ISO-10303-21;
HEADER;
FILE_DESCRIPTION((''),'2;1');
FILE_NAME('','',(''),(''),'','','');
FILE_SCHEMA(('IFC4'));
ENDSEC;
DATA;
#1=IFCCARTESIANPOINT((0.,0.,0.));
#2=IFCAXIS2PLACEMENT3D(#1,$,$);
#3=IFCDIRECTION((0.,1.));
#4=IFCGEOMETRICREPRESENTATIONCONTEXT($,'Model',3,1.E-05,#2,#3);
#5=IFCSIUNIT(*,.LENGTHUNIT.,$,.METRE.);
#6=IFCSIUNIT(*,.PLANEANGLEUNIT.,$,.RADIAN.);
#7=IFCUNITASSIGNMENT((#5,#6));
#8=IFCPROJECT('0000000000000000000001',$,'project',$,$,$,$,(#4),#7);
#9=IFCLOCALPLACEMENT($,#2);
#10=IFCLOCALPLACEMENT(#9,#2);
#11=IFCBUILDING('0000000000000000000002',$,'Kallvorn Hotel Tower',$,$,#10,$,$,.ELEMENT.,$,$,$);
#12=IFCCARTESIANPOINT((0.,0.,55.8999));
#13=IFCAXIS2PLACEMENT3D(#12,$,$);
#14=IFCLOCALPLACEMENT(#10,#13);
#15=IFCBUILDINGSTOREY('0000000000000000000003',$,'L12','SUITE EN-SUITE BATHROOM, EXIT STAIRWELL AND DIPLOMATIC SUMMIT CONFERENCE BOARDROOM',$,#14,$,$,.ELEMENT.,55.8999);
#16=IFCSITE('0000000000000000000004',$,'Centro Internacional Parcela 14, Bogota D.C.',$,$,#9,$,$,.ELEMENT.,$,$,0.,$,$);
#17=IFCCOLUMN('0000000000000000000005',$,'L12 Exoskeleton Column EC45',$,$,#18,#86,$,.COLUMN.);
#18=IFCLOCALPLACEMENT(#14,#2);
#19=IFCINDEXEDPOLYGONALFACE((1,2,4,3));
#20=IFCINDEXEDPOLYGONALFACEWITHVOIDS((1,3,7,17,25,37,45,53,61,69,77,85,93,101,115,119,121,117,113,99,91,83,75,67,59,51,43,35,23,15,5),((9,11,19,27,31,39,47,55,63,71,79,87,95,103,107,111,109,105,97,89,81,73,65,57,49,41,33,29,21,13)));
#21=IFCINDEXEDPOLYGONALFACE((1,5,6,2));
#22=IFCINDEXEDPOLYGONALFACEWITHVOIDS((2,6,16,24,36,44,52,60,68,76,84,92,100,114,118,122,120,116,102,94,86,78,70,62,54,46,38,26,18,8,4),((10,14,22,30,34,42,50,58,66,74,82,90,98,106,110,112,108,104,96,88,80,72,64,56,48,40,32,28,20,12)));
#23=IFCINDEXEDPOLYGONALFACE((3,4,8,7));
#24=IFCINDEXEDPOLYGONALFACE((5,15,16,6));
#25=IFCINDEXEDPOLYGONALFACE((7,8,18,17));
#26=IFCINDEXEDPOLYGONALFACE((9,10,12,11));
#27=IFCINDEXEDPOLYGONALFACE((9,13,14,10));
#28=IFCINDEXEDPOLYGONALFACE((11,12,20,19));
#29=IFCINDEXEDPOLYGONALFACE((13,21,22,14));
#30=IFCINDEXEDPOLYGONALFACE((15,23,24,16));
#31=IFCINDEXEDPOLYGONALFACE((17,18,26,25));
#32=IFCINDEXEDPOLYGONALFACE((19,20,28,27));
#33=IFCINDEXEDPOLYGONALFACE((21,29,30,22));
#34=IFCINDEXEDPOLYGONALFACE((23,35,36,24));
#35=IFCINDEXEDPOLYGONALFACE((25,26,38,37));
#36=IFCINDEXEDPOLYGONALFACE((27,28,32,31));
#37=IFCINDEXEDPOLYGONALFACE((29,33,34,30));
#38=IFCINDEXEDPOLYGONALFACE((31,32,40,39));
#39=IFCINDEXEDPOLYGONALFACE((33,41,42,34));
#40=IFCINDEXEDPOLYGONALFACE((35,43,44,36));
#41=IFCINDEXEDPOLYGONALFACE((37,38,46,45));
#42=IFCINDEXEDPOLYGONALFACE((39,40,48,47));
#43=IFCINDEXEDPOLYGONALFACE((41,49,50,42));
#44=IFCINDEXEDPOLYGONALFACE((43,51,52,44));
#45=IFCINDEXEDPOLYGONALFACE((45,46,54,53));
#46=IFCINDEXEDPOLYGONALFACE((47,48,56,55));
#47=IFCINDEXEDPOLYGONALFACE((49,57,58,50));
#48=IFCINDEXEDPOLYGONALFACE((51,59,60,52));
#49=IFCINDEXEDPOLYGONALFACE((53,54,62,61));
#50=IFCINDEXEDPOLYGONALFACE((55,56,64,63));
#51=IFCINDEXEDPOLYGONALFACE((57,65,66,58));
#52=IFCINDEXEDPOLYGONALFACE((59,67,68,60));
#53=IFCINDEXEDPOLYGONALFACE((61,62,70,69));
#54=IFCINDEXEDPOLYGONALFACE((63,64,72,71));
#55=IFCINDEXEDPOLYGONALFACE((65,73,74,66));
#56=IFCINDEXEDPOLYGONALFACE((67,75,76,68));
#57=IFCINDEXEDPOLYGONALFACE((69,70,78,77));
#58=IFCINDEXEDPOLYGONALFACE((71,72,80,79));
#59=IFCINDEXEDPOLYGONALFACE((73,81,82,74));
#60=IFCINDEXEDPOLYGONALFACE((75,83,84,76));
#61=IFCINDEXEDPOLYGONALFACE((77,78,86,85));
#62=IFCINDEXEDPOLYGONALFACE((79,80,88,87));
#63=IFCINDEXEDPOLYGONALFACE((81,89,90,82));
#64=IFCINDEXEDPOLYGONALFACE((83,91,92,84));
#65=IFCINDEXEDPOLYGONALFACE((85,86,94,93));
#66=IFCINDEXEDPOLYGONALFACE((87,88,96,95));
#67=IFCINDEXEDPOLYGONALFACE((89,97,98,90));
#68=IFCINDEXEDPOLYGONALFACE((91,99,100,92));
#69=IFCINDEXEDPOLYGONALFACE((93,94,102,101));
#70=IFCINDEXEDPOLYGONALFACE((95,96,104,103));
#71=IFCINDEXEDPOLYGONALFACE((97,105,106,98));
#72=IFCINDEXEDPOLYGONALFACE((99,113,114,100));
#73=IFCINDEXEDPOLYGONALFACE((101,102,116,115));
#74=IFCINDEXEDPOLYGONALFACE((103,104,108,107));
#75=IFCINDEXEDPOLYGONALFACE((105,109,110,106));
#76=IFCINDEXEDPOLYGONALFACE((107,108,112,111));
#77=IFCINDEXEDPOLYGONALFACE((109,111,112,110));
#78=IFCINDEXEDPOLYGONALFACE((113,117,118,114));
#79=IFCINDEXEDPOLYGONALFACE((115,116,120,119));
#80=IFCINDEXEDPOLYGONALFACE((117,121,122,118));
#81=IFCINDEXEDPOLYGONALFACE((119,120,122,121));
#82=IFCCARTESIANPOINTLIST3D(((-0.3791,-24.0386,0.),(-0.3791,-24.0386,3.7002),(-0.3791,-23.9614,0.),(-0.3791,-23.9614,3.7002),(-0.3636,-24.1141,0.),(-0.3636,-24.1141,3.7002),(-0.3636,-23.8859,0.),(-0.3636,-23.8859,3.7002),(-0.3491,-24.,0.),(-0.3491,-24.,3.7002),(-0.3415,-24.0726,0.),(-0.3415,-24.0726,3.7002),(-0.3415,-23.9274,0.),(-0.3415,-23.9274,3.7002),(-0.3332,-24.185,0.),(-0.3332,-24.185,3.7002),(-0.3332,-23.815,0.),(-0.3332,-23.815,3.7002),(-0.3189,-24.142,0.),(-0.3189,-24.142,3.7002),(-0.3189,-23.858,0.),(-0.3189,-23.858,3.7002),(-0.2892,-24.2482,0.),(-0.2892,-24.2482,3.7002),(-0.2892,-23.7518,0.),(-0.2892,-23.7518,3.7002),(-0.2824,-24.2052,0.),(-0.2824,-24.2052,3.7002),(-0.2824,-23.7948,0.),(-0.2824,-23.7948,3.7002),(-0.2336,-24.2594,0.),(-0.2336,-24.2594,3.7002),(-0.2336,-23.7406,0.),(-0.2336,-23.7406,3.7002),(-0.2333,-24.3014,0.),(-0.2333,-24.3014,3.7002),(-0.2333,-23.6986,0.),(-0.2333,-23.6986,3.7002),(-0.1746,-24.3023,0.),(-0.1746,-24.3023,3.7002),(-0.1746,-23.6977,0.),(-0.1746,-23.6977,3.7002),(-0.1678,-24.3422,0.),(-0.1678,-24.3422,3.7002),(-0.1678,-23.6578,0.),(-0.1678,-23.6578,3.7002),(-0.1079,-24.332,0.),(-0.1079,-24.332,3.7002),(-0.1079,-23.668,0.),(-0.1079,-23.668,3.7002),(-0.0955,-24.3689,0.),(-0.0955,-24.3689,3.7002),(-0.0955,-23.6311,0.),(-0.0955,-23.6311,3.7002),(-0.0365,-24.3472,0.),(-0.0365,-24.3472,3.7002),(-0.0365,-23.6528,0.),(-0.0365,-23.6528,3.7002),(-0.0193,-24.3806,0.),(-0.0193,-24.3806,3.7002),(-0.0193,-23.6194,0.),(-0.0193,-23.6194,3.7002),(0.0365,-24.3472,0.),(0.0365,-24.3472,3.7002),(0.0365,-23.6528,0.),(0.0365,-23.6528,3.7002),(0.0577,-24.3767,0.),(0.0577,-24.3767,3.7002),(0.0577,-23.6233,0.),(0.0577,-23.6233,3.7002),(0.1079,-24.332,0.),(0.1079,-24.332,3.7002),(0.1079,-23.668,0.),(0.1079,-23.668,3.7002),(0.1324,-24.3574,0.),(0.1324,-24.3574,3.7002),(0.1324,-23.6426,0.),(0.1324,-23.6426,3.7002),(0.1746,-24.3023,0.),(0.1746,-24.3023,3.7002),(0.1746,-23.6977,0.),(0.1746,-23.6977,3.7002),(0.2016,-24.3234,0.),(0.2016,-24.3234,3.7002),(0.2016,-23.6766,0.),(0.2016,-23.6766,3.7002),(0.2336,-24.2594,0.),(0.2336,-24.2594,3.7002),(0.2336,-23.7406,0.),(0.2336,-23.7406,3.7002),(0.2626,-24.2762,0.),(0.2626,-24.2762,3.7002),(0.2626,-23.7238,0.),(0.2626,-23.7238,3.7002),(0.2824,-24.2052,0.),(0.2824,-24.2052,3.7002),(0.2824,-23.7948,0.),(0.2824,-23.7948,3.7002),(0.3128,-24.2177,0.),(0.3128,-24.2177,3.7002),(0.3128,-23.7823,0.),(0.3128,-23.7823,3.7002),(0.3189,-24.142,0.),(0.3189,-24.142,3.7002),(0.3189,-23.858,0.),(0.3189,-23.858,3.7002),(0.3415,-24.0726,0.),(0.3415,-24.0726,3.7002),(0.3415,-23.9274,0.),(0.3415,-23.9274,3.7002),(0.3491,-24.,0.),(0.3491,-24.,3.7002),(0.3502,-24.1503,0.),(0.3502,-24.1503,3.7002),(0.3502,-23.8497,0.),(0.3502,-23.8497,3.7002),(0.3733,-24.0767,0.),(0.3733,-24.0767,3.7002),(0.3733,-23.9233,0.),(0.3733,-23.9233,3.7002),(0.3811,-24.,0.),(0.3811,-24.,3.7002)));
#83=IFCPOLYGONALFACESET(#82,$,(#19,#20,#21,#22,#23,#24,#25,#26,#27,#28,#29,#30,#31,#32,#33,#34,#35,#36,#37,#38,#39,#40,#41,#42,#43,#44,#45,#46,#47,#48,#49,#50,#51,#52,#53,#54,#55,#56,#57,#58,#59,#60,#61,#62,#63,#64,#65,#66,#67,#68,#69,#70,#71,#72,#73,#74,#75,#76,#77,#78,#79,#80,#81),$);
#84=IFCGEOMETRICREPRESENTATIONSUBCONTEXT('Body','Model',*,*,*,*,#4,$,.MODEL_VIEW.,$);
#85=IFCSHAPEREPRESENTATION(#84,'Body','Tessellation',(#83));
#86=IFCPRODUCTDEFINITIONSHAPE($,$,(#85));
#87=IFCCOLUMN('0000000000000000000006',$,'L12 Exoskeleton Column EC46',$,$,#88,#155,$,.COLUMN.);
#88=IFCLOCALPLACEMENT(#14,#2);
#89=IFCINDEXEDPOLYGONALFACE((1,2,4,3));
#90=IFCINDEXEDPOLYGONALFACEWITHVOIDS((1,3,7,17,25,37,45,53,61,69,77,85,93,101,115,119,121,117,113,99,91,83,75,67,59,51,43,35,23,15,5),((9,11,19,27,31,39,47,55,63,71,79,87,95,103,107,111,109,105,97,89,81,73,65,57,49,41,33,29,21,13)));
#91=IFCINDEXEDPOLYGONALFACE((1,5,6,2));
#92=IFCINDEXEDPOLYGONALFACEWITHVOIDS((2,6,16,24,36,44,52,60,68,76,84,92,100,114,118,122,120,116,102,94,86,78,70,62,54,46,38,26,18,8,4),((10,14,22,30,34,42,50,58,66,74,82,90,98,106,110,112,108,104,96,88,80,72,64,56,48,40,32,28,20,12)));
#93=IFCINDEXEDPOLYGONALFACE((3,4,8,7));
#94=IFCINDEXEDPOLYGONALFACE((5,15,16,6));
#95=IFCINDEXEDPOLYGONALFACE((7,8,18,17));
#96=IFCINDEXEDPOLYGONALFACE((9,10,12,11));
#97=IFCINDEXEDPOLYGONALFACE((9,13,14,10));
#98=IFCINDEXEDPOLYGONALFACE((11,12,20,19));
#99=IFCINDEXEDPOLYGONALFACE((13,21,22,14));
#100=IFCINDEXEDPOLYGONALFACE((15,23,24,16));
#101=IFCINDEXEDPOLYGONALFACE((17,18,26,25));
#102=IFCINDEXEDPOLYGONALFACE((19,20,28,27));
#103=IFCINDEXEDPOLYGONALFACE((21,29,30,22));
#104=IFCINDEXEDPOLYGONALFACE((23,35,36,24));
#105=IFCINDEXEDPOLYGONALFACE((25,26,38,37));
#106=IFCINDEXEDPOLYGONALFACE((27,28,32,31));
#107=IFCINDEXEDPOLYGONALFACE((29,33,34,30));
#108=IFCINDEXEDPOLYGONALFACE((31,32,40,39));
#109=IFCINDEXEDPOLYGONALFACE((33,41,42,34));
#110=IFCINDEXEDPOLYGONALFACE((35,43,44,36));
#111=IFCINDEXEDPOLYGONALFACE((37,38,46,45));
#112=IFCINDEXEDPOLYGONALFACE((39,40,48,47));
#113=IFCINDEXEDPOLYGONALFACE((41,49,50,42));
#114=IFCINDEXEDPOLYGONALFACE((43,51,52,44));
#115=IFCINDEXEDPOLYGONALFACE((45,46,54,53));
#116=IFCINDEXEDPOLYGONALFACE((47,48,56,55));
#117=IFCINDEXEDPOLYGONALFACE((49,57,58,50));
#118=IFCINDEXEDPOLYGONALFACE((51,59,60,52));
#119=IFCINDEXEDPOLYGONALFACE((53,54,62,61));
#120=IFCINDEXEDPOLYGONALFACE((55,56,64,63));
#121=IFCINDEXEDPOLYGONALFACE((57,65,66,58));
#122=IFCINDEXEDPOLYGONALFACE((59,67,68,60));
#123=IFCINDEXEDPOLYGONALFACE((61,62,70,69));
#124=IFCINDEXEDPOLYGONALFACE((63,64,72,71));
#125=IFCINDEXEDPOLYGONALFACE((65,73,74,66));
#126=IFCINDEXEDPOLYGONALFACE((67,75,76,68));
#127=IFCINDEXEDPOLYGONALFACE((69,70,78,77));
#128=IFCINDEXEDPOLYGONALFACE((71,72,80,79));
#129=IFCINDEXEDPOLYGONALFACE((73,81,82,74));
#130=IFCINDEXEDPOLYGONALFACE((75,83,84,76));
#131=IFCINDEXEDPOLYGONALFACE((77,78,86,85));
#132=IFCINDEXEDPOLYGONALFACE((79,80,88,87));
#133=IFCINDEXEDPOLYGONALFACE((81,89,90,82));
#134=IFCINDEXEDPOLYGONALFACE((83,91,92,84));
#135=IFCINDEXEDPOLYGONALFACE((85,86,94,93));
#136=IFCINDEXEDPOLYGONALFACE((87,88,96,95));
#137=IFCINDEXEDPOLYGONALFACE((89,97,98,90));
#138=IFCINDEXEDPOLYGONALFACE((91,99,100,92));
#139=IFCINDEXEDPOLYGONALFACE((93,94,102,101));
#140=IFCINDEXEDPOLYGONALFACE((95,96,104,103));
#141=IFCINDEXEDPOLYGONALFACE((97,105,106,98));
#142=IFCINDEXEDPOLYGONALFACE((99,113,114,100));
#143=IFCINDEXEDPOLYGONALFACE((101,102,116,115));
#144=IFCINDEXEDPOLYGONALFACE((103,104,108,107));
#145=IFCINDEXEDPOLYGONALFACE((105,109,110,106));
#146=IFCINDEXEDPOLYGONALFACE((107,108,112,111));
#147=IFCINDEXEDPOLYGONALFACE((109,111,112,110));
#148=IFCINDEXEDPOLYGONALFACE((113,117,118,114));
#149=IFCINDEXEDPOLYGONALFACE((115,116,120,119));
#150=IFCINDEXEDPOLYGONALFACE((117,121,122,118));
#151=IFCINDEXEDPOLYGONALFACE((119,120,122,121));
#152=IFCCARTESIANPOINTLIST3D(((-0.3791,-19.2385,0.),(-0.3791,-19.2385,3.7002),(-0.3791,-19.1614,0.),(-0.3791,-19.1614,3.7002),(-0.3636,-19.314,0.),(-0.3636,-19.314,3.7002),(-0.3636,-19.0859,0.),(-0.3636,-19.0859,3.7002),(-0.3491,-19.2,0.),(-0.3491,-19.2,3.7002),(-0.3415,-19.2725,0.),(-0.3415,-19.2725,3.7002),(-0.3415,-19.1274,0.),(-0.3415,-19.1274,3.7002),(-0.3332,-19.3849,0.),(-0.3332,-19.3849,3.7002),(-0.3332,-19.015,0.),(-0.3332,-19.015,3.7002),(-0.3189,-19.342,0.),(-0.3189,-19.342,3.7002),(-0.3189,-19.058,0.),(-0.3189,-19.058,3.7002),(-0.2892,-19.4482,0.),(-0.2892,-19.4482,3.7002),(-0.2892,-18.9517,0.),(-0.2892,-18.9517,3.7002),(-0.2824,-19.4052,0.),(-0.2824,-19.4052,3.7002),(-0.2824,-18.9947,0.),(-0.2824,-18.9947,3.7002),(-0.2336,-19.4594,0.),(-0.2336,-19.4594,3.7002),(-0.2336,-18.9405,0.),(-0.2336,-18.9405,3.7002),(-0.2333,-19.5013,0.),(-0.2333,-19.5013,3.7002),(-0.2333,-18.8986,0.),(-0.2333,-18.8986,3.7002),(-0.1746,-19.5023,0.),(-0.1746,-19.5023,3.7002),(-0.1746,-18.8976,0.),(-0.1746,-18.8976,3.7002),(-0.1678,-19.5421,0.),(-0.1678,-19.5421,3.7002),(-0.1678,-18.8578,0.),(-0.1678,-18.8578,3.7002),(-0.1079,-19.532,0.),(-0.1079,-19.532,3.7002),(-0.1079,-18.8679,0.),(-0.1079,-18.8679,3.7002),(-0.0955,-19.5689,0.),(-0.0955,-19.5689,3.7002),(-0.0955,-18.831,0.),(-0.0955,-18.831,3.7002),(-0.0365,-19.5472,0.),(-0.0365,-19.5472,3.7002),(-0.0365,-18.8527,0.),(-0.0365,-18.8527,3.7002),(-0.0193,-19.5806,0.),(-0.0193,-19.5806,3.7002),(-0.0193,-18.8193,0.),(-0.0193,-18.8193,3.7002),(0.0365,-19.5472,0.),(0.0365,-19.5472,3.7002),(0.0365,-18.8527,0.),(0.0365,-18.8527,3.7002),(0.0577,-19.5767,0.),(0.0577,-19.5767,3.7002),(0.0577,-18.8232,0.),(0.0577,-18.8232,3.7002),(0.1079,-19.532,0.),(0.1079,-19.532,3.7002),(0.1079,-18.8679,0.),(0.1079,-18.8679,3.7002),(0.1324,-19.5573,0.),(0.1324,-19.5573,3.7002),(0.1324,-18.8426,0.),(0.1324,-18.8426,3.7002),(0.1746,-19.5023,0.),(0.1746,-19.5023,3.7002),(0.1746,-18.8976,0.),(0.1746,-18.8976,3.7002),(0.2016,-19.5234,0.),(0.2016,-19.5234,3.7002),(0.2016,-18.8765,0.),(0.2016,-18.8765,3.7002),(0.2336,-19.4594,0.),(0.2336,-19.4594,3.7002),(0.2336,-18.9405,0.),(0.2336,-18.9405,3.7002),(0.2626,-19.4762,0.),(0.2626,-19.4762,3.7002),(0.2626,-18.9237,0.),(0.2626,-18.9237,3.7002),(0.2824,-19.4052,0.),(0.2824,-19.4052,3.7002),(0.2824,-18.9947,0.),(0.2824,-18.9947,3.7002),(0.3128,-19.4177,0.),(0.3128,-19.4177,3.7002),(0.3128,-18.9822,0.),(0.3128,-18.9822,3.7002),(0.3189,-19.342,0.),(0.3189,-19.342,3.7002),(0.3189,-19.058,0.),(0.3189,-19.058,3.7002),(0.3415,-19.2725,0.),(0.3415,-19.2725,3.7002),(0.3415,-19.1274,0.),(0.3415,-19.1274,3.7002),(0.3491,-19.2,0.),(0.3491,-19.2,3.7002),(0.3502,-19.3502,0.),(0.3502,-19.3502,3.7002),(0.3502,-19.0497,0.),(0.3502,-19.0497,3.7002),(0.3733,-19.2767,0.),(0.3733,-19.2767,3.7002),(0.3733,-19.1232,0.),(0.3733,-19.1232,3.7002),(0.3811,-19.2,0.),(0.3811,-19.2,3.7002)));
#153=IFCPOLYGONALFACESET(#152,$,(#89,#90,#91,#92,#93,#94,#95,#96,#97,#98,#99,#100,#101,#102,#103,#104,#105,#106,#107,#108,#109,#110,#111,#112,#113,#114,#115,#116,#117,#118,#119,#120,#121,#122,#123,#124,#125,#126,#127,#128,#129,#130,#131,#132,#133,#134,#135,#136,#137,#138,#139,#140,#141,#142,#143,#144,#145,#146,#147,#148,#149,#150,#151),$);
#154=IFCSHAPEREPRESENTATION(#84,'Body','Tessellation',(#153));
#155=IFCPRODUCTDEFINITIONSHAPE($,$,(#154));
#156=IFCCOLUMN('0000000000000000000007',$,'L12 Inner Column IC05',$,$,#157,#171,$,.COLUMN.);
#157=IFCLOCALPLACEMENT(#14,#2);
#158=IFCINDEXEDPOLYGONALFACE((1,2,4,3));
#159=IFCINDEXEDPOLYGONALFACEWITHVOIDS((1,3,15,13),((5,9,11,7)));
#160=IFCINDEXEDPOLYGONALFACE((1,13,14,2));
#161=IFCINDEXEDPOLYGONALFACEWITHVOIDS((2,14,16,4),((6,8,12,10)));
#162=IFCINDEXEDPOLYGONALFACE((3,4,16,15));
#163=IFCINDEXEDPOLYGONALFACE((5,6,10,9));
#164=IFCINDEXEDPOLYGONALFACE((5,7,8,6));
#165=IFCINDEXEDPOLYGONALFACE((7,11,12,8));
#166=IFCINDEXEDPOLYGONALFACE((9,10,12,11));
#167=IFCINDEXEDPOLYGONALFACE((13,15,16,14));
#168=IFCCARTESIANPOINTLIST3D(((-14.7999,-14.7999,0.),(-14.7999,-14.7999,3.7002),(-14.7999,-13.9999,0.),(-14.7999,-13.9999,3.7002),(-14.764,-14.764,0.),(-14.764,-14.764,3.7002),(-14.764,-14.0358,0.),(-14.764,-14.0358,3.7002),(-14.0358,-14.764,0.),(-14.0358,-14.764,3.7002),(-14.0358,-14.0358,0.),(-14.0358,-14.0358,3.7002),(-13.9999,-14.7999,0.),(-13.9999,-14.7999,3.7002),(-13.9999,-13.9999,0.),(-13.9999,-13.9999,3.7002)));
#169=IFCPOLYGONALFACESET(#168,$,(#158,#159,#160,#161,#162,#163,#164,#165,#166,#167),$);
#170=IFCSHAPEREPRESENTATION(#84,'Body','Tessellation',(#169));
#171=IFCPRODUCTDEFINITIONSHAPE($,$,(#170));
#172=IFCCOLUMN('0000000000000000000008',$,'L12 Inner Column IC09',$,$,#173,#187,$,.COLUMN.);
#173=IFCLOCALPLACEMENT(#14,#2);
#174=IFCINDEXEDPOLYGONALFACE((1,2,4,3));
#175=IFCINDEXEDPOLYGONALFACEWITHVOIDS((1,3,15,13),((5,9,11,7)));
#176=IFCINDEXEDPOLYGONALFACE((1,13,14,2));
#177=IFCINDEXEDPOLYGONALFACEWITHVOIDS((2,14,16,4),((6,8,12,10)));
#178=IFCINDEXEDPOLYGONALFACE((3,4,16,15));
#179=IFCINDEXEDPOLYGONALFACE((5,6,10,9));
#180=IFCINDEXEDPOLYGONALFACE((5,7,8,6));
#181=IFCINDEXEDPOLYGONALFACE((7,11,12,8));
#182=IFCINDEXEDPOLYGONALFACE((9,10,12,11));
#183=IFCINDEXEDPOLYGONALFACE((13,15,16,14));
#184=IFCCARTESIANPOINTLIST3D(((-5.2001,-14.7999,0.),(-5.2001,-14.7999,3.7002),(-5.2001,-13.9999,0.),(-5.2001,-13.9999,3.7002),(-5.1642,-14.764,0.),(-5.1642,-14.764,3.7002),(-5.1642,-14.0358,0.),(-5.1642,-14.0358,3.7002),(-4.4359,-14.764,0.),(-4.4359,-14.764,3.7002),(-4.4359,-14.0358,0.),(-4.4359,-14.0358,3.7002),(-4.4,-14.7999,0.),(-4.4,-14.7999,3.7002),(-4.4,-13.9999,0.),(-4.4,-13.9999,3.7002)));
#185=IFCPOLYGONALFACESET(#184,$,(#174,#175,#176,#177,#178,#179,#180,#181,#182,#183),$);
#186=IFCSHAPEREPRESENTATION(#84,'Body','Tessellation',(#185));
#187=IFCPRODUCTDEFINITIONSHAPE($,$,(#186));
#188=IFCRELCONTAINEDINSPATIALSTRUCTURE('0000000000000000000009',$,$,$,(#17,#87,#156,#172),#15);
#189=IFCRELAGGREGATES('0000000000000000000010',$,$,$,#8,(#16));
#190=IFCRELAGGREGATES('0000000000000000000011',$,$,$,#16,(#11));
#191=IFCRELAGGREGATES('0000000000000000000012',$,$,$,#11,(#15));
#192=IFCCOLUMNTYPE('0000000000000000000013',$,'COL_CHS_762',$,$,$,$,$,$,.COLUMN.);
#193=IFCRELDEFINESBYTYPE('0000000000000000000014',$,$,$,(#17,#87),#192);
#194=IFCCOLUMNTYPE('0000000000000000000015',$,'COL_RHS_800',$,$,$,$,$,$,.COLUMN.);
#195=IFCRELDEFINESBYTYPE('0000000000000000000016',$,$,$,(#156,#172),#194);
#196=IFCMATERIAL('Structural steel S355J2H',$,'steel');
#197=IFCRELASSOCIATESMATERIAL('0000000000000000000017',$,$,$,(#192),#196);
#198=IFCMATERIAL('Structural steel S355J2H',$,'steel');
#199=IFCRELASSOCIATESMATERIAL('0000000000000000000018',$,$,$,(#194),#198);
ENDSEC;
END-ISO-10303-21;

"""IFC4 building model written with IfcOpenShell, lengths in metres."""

from ifc_helpers import new_model, si_unit, direction, frame, origin, origin_2d, place, context, subcontext, project, spatial, hollow_rectangle, hollow_circle, extrude, material, material_profile, profile_set, type_object, element, save


model = new_model("IFC4")

# Units and contexts
model_context = context("Model", 3, precision=1e-05, world=origin(), true_north=direction((0.0, 1.0)))
body_context = subcontext(model_context, "Body", "Model", "MODEL_VIEW")
ifc_project = project(units=[si_unit("LENGTHUNIT", "METRE"), si_unit("PLANEANGLEUNIT", "RADIAN")], contexts=[model_context])

# Site, building, storey
site_placement = place(None, origin())
site = spatial("IfcSite", under=ifc_project, at=site_placement, Name="Centro Internacional Parcela 14, Bogota D.C.", CompositionType="ELEMENT", RefElevation=0.0)
building_placement = place(site_placement, origin())
building = spatial("IfcBuilding", under=site, at=building_placement, Name="Kallvorn Hotel Tower", CompositionType="ELEMENT")
storey_placement = place(building_placement, frame((0.0, 0.0, 55.8999)))
storey = spatial("IfcBuildingStorey", under=building, at=storey_placement, Name="L12", Description="SUITE EN-SUITE BATHROOM, EXIT STAIRWELL AND DIPLOMATIC SUMMIT CONFERENCE BOARDROOM", CompositionType="ELEMENT", Elevation=55.8999)

# Columns
ifc_material_1 = material(Name="Structural steel S355J2H", Category="steel")
ifc_material_profile_1 = material_profile(ifc_material_1, hollow_circle(Radius=0.3811, WallThickness=0.032, at=origin_2d()), Name="CHS 762x32")
ifc_profile_set_1 = profile_set([ifc_material_profile_1], Name="Structural steel S355J2H")
column_type_1 = type_object("IfcColumnType", Name="COL_CHS_762", PredefinedType="COLUMN", material=ifc_profile_set_1)
for number, where, z_axis, x_axis, name in (
    (1, (0.0, -24.0, 0.0), (0.0, 0.0, 1.0), (1.0, 0.0, 0.0), "L12 Exoskeleton Column EC45"),
    (2, (0.0, -19.2, 0.0), (0.0, 0.0, 1.0), (1.0, 0.0, 0.0), "L12 Exoskeleton Column EC46"),
):
    element("IfcColumn", number, at=place(storey_placement, frame(where, z_axis=z_axis, x_axis=x_axis)), inside=storey, type_object=column_type_1, Name=name, PredefinedType="COLUMN", context=body_context, shape_type="SweptSolid", body=[
        extrude(hollow_circle(Radius=0.3811, WallThickness=0.032, at=origin_2d()), origin(), (0.0, 0.0, 1.0), 3.7002),
    ])
ifc_material_2 = material(Name="Structural steel S355J2H", Category="steel")
ifc_material_profile_2 = material_profile(ifc_material_2, hollow_rectangle(XDim=0.8, YDim=0.8, WallThickness=0.0359, at=origin_2d()), Name="RHS 800x800x36")
ifc_profile_set_2 = profile_set([ifc_material_profile_2], Name="Structural steel S355J2H")
column_type_2 = type_object("IfcColumnType", Name="COL_RHS_800", PredefinedType="COLUMN", material=ifc_profile_set_2)
for number, where, z_axis, x_axis, name in (
    (3, (-14.3999, -14.3999, 0.0), (0.0, 0.0, 1.0), (1.0, 0.0, 0.0), "L12 Inner Column IC05"),
    (4, (-4.8, -14.3999, 0.0), (0.0, 0.0, 1.0), (1.0, 0.0, 0.0), "L12 Inner Column IC09"),
):
    element("IfcColumn", number, at=place(storey_placement, frame(where, z_axis=z_axis, x_axis=x_axis)), inside=storey, type_object=column_type_2, Name=name, PredefinedType="COLUMN", context=body_context, shape_type="SweptSolid", body=[
        extrude(hollow_rectangle(XDim=0.8, YDim=0.8, WallThickness=0.0359, at=origin_2d()), origin(), (0.0, 0.0, 1.0), 3.7002),
    ])

save(model, "model.ifc")
